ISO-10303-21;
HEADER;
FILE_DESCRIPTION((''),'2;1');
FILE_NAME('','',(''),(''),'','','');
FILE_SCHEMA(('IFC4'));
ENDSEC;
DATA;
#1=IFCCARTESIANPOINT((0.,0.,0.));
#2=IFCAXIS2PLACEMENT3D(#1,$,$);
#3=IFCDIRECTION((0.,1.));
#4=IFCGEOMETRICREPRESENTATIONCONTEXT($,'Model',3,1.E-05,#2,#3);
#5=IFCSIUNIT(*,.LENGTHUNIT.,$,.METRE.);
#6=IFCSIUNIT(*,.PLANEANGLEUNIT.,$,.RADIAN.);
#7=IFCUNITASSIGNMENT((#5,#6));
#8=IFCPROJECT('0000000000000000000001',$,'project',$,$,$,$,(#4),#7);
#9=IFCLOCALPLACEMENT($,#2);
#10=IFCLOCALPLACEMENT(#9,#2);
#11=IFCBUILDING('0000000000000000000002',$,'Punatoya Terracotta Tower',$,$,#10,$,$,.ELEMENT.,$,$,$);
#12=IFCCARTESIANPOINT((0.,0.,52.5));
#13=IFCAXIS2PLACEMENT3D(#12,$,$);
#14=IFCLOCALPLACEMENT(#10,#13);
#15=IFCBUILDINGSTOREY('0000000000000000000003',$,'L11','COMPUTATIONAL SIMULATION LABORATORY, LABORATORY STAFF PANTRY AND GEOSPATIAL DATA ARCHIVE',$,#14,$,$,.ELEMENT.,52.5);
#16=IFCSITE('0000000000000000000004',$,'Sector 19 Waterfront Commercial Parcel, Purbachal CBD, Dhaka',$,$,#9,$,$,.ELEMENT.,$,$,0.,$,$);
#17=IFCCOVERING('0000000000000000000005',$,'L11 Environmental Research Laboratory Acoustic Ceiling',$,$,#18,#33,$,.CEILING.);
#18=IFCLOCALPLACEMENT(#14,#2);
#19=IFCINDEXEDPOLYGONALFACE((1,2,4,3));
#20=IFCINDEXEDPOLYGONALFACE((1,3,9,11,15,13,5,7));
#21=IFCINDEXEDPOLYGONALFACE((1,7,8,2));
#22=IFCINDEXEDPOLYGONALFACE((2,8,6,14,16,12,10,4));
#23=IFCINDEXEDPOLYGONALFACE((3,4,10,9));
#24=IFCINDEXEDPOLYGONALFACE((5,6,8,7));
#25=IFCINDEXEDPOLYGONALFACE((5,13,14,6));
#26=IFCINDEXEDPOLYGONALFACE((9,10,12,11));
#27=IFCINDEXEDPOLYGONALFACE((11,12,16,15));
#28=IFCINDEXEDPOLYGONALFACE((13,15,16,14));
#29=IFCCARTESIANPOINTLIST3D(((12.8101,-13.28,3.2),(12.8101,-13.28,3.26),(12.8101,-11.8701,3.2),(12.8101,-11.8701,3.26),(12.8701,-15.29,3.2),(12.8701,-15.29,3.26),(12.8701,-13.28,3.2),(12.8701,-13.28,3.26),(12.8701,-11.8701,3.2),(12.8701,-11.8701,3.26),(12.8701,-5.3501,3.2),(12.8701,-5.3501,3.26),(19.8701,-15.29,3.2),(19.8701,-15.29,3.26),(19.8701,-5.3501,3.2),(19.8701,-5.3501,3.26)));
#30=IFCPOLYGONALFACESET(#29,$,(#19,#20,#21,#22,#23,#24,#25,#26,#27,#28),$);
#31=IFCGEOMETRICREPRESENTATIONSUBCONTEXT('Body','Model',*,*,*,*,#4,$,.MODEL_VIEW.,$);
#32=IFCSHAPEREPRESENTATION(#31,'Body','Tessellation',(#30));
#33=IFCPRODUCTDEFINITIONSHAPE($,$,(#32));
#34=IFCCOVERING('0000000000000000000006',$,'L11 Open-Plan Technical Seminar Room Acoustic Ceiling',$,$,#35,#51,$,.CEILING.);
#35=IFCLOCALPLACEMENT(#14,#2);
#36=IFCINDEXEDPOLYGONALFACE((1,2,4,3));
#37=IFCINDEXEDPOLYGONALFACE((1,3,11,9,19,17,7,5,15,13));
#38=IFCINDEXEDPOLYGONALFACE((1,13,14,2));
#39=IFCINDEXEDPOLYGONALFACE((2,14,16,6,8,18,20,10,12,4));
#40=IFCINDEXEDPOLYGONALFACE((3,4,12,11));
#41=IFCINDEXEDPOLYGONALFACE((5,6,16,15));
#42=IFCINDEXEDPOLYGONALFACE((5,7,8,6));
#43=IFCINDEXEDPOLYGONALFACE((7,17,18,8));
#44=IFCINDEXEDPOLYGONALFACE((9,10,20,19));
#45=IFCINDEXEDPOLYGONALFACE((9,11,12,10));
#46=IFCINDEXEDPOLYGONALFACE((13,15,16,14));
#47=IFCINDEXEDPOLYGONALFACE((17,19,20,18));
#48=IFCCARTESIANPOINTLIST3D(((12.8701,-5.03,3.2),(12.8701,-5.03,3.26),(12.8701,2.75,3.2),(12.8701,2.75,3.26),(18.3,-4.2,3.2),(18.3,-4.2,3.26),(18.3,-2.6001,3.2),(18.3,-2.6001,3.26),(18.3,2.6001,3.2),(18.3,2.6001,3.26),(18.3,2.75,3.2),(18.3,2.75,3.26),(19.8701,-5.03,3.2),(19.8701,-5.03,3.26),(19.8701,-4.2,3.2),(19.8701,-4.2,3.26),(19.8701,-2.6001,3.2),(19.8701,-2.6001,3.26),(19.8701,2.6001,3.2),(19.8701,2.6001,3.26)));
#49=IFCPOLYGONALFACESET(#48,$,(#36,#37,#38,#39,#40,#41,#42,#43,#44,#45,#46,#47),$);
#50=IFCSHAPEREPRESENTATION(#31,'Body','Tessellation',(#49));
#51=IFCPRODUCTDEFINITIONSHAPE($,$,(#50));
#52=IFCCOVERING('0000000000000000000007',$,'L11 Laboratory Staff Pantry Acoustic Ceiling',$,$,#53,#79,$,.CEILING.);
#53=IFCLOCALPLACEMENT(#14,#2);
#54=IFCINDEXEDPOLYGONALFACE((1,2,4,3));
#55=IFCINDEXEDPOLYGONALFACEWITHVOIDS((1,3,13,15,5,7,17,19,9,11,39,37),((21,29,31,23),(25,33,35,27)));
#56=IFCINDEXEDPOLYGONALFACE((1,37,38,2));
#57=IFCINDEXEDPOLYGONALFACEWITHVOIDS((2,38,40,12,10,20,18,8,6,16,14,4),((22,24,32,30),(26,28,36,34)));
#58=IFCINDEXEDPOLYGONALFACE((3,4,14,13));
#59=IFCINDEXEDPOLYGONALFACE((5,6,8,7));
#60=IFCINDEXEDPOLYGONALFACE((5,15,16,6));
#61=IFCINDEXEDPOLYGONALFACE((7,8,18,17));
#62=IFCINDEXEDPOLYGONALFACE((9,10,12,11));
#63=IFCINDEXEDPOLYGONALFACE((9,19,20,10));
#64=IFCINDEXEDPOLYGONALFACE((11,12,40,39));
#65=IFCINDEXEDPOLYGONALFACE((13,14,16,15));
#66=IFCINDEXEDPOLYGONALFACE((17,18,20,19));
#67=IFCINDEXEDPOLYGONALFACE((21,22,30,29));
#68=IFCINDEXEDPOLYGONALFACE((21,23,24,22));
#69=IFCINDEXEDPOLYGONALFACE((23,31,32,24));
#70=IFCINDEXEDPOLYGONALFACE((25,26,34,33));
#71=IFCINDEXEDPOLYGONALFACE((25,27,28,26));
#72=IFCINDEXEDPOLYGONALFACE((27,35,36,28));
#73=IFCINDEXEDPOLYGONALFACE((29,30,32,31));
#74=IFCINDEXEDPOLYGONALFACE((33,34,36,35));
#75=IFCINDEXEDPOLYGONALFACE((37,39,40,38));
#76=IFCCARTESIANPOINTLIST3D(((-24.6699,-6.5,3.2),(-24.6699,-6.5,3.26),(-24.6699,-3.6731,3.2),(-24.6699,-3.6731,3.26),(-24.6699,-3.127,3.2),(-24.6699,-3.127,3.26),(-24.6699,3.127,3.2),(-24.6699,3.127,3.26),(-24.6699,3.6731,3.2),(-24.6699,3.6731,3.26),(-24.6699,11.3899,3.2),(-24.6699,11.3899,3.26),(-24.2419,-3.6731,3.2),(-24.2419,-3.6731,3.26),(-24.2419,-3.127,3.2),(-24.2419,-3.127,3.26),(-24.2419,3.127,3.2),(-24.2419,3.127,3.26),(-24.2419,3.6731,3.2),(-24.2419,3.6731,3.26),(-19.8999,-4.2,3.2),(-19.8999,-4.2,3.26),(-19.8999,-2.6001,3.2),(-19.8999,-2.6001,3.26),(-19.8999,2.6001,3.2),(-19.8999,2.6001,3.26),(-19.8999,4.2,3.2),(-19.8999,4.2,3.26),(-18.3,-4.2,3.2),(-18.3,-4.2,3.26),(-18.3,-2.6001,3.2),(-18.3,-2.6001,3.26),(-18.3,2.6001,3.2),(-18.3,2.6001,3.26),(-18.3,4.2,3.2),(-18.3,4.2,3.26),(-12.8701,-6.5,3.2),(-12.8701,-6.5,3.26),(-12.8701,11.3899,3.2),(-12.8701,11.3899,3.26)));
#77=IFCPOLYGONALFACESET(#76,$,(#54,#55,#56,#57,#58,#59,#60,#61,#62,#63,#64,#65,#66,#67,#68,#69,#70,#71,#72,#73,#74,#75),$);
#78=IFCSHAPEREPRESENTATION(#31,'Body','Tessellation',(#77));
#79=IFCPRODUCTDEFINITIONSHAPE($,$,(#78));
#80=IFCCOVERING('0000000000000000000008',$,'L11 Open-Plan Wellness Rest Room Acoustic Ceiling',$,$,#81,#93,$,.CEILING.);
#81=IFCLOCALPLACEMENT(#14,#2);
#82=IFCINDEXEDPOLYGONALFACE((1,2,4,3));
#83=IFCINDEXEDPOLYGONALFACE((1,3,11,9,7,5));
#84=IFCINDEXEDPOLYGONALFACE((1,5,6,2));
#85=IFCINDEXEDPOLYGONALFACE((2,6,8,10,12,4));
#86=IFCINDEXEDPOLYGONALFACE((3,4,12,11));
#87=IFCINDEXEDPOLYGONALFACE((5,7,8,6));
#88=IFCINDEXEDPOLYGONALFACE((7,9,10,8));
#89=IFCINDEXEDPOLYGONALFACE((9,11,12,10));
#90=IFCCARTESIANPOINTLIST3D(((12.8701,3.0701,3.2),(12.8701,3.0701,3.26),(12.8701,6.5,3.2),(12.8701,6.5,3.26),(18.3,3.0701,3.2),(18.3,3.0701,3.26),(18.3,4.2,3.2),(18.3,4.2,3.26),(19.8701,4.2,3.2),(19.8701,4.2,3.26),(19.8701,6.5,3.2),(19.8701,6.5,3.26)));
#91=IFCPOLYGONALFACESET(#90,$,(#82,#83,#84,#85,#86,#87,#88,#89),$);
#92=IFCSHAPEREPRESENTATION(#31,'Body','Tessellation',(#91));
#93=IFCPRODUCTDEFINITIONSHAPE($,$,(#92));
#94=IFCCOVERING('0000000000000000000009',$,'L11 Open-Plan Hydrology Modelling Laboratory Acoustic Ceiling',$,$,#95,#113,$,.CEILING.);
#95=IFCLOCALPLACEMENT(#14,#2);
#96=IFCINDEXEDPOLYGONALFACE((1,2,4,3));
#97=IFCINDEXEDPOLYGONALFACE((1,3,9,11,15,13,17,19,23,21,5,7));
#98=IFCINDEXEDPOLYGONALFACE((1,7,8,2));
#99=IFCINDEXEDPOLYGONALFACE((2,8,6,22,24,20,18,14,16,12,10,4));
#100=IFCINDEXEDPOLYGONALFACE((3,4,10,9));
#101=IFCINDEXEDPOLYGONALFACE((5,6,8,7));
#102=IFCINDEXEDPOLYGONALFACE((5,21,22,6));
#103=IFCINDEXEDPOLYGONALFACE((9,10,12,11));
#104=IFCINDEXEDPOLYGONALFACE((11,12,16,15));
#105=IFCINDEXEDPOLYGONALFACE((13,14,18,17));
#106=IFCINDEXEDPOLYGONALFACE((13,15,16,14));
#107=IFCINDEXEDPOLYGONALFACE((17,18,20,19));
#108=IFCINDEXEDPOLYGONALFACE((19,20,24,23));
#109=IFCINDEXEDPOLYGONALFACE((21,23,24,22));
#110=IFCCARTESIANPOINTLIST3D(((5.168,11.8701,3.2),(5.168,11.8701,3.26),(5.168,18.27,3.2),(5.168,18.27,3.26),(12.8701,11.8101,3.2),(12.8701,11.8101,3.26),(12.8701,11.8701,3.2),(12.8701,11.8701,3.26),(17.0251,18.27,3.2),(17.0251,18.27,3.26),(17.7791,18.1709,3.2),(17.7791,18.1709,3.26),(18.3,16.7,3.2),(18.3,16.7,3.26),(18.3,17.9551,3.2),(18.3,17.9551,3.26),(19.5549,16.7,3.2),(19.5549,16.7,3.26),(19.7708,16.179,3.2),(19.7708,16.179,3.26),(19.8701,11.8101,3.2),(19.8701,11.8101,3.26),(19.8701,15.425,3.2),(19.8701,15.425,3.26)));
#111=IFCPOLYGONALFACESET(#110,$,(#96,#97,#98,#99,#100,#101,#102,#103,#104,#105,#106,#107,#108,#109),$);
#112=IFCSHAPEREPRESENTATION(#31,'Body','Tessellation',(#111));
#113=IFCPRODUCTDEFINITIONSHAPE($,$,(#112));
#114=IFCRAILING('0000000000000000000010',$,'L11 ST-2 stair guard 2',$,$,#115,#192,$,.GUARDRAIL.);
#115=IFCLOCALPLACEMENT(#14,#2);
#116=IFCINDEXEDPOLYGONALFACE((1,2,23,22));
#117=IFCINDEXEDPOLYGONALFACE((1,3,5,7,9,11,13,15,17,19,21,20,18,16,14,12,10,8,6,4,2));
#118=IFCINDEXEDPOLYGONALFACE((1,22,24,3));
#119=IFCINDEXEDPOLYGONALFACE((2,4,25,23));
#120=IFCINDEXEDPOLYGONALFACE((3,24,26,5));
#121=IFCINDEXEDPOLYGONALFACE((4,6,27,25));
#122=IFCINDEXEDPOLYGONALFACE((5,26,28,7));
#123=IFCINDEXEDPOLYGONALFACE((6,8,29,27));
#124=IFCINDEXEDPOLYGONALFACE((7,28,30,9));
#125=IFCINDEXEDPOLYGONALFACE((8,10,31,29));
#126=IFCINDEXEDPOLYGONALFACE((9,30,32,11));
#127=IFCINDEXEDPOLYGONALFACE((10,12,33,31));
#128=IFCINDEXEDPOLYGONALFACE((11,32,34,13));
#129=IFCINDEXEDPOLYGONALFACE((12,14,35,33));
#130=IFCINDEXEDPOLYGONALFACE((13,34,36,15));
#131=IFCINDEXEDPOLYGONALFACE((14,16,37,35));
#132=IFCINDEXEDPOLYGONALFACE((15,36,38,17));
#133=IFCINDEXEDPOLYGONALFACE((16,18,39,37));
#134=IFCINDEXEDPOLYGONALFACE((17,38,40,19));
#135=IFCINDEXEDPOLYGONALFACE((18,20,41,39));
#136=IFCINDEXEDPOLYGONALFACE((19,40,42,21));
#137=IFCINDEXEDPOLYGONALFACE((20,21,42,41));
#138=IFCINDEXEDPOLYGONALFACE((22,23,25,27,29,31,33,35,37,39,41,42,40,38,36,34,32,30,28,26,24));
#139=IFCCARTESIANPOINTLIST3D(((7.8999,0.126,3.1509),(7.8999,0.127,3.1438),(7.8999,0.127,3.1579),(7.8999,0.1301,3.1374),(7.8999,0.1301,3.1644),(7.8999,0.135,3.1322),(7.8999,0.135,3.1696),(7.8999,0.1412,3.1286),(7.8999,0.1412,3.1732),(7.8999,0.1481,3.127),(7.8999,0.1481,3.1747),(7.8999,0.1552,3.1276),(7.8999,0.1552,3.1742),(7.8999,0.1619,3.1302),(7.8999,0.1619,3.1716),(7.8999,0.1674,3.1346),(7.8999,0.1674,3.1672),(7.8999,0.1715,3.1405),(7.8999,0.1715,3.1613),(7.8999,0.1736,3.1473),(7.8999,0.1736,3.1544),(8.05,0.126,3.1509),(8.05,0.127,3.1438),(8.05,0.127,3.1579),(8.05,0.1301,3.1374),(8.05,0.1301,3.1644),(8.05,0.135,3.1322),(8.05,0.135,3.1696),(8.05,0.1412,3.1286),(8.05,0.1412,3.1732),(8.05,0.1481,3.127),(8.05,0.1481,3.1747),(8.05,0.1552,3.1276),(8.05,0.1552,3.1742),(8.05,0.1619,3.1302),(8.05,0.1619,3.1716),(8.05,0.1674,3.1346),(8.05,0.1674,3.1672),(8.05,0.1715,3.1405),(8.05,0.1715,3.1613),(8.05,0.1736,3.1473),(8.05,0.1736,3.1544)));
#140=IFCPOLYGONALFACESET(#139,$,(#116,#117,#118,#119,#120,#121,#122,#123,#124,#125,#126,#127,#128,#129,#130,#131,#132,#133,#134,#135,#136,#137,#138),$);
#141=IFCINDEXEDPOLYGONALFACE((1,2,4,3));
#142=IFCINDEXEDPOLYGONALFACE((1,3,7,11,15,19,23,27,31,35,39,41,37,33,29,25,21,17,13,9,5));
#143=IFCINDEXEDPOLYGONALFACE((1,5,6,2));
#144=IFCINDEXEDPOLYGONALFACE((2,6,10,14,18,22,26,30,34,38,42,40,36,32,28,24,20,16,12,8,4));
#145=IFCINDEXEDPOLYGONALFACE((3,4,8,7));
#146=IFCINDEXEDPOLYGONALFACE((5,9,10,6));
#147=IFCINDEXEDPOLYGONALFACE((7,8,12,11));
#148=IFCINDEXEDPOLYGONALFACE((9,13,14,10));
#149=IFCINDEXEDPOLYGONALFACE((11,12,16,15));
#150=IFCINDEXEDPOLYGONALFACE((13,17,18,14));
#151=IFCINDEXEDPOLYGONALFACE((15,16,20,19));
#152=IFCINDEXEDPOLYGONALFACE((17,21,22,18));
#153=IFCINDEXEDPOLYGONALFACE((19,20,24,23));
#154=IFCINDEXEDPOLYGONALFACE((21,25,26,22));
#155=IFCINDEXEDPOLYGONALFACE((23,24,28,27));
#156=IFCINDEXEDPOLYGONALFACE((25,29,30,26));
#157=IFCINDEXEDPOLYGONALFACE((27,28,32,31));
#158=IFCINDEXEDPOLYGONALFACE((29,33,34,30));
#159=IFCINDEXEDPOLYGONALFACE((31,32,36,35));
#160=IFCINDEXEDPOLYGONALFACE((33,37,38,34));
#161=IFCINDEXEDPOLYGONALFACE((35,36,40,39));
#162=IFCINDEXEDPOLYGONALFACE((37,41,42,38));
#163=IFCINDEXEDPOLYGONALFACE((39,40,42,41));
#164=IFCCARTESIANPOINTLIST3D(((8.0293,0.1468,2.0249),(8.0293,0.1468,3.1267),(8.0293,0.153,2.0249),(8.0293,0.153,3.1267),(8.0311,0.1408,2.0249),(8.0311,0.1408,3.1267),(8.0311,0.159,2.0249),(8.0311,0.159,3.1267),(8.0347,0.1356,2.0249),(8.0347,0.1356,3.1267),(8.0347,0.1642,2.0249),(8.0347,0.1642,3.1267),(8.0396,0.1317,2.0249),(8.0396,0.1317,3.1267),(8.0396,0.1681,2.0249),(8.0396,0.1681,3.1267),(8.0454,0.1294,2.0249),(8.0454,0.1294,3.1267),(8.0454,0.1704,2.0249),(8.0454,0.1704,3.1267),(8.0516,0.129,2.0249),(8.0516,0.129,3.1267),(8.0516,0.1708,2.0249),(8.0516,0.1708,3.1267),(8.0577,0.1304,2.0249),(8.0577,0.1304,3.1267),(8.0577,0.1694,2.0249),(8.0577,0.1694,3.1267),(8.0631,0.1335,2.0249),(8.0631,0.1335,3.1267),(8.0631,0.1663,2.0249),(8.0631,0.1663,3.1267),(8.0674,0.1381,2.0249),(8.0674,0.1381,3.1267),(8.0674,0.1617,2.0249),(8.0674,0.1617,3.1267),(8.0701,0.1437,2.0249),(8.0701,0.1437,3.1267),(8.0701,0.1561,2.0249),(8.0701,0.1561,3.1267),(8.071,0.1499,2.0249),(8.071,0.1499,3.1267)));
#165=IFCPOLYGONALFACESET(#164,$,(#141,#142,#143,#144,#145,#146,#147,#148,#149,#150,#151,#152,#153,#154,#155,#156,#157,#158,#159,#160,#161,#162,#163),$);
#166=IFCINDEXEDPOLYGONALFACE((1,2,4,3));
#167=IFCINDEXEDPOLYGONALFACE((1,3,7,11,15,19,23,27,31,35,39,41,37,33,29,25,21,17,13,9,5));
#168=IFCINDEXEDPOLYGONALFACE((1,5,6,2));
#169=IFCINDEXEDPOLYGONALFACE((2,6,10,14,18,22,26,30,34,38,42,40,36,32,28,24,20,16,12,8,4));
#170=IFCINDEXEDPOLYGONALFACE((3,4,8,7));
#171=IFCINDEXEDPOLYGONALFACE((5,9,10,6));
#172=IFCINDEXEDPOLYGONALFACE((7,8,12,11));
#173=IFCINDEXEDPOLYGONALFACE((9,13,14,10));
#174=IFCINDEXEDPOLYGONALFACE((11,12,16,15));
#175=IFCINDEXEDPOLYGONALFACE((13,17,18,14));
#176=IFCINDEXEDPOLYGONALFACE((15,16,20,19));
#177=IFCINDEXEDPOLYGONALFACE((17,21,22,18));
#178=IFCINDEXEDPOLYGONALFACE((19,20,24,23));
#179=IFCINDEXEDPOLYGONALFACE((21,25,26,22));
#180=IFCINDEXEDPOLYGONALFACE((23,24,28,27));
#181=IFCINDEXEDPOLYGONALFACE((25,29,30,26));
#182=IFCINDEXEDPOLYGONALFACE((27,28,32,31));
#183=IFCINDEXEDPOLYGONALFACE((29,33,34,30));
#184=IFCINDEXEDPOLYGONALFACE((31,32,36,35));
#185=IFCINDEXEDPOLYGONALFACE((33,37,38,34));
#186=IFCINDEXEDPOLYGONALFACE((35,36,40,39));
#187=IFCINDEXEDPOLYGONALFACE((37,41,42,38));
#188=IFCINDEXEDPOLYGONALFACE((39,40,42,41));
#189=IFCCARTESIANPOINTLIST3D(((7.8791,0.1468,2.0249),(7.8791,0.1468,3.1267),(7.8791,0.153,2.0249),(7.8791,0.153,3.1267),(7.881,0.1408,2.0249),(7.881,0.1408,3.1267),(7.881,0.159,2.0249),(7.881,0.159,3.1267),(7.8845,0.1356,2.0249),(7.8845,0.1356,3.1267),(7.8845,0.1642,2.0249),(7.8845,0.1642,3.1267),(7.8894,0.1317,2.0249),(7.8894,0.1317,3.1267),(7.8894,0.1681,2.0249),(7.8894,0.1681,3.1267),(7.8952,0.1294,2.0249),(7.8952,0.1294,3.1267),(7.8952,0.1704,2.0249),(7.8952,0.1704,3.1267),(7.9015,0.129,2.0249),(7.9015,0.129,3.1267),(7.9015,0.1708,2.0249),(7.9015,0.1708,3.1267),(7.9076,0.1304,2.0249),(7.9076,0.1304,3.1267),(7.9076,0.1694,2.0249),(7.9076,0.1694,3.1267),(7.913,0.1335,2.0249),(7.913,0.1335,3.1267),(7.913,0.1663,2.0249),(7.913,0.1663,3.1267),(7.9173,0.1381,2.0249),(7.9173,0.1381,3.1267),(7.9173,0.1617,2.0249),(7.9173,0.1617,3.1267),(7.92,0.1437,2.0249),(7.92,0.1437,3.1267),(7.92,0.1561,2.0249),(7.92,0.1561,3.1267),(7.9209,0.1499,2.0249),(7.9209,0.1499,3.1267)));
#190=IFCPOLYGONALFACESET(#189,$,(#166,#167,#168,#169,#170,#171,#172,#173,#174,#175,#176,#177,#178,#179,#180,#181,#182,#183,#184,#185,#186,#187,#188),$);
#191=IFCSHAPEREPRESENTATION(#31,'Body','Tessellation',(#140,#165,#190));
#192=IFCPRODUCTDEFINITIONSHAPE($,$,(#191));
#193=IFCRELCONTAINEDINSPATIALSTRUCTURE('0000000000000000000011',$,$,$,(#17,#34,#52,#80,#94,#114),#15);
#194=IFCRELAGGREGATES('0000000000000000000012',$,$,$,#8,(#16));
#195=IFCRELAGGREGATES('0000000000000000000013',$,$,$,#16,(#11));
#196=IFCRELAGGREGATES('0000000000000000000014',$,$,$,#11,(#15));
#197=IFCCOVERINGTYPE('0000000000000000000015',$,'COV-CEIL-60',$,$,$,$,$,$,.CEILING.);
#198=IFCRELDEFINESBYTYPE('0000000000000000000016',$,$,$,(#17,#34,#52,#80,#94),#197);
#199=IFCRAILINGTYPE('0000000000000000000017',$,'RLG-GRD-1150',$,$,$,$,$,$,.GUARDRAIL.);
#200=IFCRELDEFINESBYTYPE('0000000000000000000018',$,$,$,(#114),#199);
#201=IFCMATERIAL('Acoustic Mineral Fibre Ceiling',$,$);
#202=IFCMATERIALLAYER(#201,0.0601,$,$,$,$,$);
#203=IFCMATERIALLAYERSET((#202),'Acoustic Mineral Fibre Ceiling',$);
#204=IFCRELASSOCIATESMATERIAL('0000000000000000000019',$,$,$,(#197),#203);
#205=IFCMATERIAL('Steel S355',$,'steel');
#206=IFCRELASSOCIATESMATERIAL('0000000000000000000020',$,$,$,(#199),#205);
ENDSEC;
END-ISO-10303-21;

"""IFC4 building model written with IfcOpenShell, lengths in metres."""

from ifc_helpers import new_model, si_unit, direction, frame, origin, origin_2d, place, context, subcontext, project, spatial, polyline, circle, outline, extrude, material, layer, layer_set, type_object, element, save


model = new_model("IFC4")

# Units and contexts
model_context = context("Model", 3, precision=1e-05, world=origin(), true_north=direction((0.0, 1.0)))
body_context = subcontext(model_context, "Body", "Model", "MODEL_VIEW")
ifc_project = project(units=[si_unit("LENGTHUNIT", "METRE"), si_unit("PLANEANGLEUNIT", "RADIAN")], contexts=[model_context])

# Site, building, storey
site_placement = place(None, origin())
site = spatial("IfcSite", under=ifc_project, at=site_placement, Name="Sector 19 Waterfront Commercial Parcel, Purbachal CBD, Dhaka", CompositionType="ELEMENT", RefElevation=0.0)
building_placement = place(site_placement, origin())
building = spatial("IfcBuilding", under=site, at=building_placement, Name="Punatoya Terracotta Tower", CompositionType="ELEMENT")
storey_placement = place(building_placement, frame((0.0, 0.0, 52.5)))
storey = spatial("IfcBuildingStorey", under=building, at=storey_placement, Name="L11", Description="COMPUTATIONAL SIMULATION LABORATORY, LABORATORY STAFF PANTRY AND GEOSPATIAL DATA ARCHIVE", CompositionType="ELEMENT", Elevation=52.5)

# Shared definitions
ifc_material_1 = material(Name="Steel S355", Category="steel")

# Coverings
ifc_material_2 = material(Name="Acoustic Mineral Fibre Ceiling")
ifc_layer_1 = layer(ifc_material_2, 0.0601)
ifc_layer_set_1 = layer_set([ifc_layer_1], Name="Acoustic Mineral Fibre Ceiling")
covering_type = type_object("IfcCoveringType", Name="COV-CEIL-60", PredefinedType="CEILING", material=ifc_layer_set_1)
covering_1_placement = place(storey_placement, frame((0.0, 0.0, 3.2)))
element("IfcCovering", 1, at=covering_1_placement, inside=storey, type_object=covering_type, Name="L11 Environmental Research Laboratory Acoustic Ceiling", PredefinedType="CEILING", context=body_context, shape_type="SweptSolid", body=[
    extrude(outline(polyline([(12.8101, -13.28), (12.8701, -13.28), (12.8701, -15.29), (19.8701, -15.29), (19.8701, -5.3501), (12.8701, -5.3501), (12.8701, -11.8701), (12.8101, -11.8701), (12.8101, -13.28)])), origin(), (0.0, 0.0, 1.0), 0.0601),
])
covering_2_placement = place(storey_placement, frame((0.0, 0.0, 3.2)))
element("IfcCovering", 2, at=covering_2_placement, inside=storey, type_object=covering_type, Name="L11 Open-Plan Technical Seminar Room Acoustic Ceiling", PredefinedType="CEILING", context=body_context, shape_type="SweptSolid", body=[
    extrude(outline(polyline([(19.8701, -5.03), (19.8701, -4.2), (18.3, -4.2), (18.3, -2.6001), (19.8701, -2.6001), (19.8701, 2.6001), (18.3, 2.6001), (18.3, 2.75), (12.8701, 2.75), (12.8701, -5.03), (19.8701, -5.03)])), origin(), (0.0, 0.0, 1.0), 0.0601),
])
covering_3_placement = place(storey_placement, frame((0.0, 0.0, 3.2)))
element("IfcCovering", 3, at=covering_3_placement, inside=storey, type_object=covering_type, Name="L11 Laboratory Staff Pantry Acoustic Ceiling", PredefinedType="CEILING", context=body_context, shape_type="SweptSolid", body=[
    extrude(outline(polyline([(-24.2419, -3.127), (-24.2419, -3.6731), (-24.6699, -3.6731), (-24.6699, -6.5), (-12.8701, -6.5), (-12.8701, 11.3899), (-24.6699, 11.3899), (-24.6699, 3.6731), (-24.2419, 3.6731), (-24.2419, 3.127), (-24.6699, 3.127), (-24.6699, -3.127), (-24.2419, -3.127)]), holes=[polyline([(-18.3, -4.2), (-19.8999, -4.2), (-19.8999, -2.6001), (-18.3, -2.6001), (-18.3, -4.2)]), polyline([(-18.3, 4.2), (-18.3, 2.6001), (-19.8999, 2.6001), (-19.8999, 4.2), (-18.3, 4.2)])]), origin(), (0.0, 0.0, 1.0), 0.0601),
])
covering_4_placement = place(storey_placement, frame((0.0, 0.0, 3.2)))
element("IfcCovering", 4, at=covering_4_placement, inside=storey, type_object=covering_type, Name="L11 Open-Plan Wellness Rest Room Acoustic Ceiling", PredefinedType="CEILING", context=body_context, shape_type="SweptSolid", body=[
    extrude(outline(polyline([(18.3, 3.0701), (18.3, 4.2), (19.8701, 4.2), (19.8701, 6.5), (12.8701, 6.5), (12.8701, 3.0701), (18.3, 3.0701)])), origin(), (0.0, 0.0, 1.0), 0.0601),
])
covering_5_placement = place(storey_placement, frame((0.0, 0.0, 3.2)))
element("IfcCovering", 5, at=covering_5_placement, inside=storey, type_object=covering_type, Name="L11 Open-Plan Hydrology Modelling Laboratory Acoustic Ceiling", PredefinedType="CEILING", context=body_context, shape_type="SweptSolid", body=[
    extrude(outline(polyline([(12.8701, 11.8101), (19.8701, 11.8101), (19.8701, 15.425), (19.7708, 16.179), (19.5549, 16.7), (18.3, 16.7), (18.3, 17.9551), (17.7791, 18.1709), (17.0251, 18.27), (5.168, 18.27), (5.168, 11.8701), (12.8701, 11.8701), (12.8701, 11.8101)])), origin(), (0.0, 0.0, 1.0), 0.0601),
])

# Railing
railing_type_1 = type_object("IfcRailingType", Name="RLG-GRD-1150", PredefinedType="GUARDRAIL", material=ifc_material_1)
railing_1_placement = place(storey_placement, frame((8.05, 0.1499, 2.0249)))
element("IfcRailing", 6, at=railing_1_placement, inside=storey, type_object=railing_type_1, Name="L11 ST-2 stair guard 2", PredefinedType="GUARDRAIL", context=body_context, shape_type="SweptSolid", body=[
    extrude(circle(Radius=0.0239, at=origin_2d()), frame((0.0, 0.0, 1.126), z_axis=(-1.0, 0.0, 0.0), x_axis=(0.0, -1.0, 0.0)), (0.0, 0.0, 1.0), 0.1501),
    extrude(circle(Radius=0.021, at=origin_2d()), origin(), (0.0, 0.0, 1.0), 1.1018),
    extrude(circle(Radius=0.021, at=origin_2d()), frame((-0.1501, 0.0, 0.0)), (0.0, 0.0, 1.0), 1.1018),
])

save(model, "model.ifc")
